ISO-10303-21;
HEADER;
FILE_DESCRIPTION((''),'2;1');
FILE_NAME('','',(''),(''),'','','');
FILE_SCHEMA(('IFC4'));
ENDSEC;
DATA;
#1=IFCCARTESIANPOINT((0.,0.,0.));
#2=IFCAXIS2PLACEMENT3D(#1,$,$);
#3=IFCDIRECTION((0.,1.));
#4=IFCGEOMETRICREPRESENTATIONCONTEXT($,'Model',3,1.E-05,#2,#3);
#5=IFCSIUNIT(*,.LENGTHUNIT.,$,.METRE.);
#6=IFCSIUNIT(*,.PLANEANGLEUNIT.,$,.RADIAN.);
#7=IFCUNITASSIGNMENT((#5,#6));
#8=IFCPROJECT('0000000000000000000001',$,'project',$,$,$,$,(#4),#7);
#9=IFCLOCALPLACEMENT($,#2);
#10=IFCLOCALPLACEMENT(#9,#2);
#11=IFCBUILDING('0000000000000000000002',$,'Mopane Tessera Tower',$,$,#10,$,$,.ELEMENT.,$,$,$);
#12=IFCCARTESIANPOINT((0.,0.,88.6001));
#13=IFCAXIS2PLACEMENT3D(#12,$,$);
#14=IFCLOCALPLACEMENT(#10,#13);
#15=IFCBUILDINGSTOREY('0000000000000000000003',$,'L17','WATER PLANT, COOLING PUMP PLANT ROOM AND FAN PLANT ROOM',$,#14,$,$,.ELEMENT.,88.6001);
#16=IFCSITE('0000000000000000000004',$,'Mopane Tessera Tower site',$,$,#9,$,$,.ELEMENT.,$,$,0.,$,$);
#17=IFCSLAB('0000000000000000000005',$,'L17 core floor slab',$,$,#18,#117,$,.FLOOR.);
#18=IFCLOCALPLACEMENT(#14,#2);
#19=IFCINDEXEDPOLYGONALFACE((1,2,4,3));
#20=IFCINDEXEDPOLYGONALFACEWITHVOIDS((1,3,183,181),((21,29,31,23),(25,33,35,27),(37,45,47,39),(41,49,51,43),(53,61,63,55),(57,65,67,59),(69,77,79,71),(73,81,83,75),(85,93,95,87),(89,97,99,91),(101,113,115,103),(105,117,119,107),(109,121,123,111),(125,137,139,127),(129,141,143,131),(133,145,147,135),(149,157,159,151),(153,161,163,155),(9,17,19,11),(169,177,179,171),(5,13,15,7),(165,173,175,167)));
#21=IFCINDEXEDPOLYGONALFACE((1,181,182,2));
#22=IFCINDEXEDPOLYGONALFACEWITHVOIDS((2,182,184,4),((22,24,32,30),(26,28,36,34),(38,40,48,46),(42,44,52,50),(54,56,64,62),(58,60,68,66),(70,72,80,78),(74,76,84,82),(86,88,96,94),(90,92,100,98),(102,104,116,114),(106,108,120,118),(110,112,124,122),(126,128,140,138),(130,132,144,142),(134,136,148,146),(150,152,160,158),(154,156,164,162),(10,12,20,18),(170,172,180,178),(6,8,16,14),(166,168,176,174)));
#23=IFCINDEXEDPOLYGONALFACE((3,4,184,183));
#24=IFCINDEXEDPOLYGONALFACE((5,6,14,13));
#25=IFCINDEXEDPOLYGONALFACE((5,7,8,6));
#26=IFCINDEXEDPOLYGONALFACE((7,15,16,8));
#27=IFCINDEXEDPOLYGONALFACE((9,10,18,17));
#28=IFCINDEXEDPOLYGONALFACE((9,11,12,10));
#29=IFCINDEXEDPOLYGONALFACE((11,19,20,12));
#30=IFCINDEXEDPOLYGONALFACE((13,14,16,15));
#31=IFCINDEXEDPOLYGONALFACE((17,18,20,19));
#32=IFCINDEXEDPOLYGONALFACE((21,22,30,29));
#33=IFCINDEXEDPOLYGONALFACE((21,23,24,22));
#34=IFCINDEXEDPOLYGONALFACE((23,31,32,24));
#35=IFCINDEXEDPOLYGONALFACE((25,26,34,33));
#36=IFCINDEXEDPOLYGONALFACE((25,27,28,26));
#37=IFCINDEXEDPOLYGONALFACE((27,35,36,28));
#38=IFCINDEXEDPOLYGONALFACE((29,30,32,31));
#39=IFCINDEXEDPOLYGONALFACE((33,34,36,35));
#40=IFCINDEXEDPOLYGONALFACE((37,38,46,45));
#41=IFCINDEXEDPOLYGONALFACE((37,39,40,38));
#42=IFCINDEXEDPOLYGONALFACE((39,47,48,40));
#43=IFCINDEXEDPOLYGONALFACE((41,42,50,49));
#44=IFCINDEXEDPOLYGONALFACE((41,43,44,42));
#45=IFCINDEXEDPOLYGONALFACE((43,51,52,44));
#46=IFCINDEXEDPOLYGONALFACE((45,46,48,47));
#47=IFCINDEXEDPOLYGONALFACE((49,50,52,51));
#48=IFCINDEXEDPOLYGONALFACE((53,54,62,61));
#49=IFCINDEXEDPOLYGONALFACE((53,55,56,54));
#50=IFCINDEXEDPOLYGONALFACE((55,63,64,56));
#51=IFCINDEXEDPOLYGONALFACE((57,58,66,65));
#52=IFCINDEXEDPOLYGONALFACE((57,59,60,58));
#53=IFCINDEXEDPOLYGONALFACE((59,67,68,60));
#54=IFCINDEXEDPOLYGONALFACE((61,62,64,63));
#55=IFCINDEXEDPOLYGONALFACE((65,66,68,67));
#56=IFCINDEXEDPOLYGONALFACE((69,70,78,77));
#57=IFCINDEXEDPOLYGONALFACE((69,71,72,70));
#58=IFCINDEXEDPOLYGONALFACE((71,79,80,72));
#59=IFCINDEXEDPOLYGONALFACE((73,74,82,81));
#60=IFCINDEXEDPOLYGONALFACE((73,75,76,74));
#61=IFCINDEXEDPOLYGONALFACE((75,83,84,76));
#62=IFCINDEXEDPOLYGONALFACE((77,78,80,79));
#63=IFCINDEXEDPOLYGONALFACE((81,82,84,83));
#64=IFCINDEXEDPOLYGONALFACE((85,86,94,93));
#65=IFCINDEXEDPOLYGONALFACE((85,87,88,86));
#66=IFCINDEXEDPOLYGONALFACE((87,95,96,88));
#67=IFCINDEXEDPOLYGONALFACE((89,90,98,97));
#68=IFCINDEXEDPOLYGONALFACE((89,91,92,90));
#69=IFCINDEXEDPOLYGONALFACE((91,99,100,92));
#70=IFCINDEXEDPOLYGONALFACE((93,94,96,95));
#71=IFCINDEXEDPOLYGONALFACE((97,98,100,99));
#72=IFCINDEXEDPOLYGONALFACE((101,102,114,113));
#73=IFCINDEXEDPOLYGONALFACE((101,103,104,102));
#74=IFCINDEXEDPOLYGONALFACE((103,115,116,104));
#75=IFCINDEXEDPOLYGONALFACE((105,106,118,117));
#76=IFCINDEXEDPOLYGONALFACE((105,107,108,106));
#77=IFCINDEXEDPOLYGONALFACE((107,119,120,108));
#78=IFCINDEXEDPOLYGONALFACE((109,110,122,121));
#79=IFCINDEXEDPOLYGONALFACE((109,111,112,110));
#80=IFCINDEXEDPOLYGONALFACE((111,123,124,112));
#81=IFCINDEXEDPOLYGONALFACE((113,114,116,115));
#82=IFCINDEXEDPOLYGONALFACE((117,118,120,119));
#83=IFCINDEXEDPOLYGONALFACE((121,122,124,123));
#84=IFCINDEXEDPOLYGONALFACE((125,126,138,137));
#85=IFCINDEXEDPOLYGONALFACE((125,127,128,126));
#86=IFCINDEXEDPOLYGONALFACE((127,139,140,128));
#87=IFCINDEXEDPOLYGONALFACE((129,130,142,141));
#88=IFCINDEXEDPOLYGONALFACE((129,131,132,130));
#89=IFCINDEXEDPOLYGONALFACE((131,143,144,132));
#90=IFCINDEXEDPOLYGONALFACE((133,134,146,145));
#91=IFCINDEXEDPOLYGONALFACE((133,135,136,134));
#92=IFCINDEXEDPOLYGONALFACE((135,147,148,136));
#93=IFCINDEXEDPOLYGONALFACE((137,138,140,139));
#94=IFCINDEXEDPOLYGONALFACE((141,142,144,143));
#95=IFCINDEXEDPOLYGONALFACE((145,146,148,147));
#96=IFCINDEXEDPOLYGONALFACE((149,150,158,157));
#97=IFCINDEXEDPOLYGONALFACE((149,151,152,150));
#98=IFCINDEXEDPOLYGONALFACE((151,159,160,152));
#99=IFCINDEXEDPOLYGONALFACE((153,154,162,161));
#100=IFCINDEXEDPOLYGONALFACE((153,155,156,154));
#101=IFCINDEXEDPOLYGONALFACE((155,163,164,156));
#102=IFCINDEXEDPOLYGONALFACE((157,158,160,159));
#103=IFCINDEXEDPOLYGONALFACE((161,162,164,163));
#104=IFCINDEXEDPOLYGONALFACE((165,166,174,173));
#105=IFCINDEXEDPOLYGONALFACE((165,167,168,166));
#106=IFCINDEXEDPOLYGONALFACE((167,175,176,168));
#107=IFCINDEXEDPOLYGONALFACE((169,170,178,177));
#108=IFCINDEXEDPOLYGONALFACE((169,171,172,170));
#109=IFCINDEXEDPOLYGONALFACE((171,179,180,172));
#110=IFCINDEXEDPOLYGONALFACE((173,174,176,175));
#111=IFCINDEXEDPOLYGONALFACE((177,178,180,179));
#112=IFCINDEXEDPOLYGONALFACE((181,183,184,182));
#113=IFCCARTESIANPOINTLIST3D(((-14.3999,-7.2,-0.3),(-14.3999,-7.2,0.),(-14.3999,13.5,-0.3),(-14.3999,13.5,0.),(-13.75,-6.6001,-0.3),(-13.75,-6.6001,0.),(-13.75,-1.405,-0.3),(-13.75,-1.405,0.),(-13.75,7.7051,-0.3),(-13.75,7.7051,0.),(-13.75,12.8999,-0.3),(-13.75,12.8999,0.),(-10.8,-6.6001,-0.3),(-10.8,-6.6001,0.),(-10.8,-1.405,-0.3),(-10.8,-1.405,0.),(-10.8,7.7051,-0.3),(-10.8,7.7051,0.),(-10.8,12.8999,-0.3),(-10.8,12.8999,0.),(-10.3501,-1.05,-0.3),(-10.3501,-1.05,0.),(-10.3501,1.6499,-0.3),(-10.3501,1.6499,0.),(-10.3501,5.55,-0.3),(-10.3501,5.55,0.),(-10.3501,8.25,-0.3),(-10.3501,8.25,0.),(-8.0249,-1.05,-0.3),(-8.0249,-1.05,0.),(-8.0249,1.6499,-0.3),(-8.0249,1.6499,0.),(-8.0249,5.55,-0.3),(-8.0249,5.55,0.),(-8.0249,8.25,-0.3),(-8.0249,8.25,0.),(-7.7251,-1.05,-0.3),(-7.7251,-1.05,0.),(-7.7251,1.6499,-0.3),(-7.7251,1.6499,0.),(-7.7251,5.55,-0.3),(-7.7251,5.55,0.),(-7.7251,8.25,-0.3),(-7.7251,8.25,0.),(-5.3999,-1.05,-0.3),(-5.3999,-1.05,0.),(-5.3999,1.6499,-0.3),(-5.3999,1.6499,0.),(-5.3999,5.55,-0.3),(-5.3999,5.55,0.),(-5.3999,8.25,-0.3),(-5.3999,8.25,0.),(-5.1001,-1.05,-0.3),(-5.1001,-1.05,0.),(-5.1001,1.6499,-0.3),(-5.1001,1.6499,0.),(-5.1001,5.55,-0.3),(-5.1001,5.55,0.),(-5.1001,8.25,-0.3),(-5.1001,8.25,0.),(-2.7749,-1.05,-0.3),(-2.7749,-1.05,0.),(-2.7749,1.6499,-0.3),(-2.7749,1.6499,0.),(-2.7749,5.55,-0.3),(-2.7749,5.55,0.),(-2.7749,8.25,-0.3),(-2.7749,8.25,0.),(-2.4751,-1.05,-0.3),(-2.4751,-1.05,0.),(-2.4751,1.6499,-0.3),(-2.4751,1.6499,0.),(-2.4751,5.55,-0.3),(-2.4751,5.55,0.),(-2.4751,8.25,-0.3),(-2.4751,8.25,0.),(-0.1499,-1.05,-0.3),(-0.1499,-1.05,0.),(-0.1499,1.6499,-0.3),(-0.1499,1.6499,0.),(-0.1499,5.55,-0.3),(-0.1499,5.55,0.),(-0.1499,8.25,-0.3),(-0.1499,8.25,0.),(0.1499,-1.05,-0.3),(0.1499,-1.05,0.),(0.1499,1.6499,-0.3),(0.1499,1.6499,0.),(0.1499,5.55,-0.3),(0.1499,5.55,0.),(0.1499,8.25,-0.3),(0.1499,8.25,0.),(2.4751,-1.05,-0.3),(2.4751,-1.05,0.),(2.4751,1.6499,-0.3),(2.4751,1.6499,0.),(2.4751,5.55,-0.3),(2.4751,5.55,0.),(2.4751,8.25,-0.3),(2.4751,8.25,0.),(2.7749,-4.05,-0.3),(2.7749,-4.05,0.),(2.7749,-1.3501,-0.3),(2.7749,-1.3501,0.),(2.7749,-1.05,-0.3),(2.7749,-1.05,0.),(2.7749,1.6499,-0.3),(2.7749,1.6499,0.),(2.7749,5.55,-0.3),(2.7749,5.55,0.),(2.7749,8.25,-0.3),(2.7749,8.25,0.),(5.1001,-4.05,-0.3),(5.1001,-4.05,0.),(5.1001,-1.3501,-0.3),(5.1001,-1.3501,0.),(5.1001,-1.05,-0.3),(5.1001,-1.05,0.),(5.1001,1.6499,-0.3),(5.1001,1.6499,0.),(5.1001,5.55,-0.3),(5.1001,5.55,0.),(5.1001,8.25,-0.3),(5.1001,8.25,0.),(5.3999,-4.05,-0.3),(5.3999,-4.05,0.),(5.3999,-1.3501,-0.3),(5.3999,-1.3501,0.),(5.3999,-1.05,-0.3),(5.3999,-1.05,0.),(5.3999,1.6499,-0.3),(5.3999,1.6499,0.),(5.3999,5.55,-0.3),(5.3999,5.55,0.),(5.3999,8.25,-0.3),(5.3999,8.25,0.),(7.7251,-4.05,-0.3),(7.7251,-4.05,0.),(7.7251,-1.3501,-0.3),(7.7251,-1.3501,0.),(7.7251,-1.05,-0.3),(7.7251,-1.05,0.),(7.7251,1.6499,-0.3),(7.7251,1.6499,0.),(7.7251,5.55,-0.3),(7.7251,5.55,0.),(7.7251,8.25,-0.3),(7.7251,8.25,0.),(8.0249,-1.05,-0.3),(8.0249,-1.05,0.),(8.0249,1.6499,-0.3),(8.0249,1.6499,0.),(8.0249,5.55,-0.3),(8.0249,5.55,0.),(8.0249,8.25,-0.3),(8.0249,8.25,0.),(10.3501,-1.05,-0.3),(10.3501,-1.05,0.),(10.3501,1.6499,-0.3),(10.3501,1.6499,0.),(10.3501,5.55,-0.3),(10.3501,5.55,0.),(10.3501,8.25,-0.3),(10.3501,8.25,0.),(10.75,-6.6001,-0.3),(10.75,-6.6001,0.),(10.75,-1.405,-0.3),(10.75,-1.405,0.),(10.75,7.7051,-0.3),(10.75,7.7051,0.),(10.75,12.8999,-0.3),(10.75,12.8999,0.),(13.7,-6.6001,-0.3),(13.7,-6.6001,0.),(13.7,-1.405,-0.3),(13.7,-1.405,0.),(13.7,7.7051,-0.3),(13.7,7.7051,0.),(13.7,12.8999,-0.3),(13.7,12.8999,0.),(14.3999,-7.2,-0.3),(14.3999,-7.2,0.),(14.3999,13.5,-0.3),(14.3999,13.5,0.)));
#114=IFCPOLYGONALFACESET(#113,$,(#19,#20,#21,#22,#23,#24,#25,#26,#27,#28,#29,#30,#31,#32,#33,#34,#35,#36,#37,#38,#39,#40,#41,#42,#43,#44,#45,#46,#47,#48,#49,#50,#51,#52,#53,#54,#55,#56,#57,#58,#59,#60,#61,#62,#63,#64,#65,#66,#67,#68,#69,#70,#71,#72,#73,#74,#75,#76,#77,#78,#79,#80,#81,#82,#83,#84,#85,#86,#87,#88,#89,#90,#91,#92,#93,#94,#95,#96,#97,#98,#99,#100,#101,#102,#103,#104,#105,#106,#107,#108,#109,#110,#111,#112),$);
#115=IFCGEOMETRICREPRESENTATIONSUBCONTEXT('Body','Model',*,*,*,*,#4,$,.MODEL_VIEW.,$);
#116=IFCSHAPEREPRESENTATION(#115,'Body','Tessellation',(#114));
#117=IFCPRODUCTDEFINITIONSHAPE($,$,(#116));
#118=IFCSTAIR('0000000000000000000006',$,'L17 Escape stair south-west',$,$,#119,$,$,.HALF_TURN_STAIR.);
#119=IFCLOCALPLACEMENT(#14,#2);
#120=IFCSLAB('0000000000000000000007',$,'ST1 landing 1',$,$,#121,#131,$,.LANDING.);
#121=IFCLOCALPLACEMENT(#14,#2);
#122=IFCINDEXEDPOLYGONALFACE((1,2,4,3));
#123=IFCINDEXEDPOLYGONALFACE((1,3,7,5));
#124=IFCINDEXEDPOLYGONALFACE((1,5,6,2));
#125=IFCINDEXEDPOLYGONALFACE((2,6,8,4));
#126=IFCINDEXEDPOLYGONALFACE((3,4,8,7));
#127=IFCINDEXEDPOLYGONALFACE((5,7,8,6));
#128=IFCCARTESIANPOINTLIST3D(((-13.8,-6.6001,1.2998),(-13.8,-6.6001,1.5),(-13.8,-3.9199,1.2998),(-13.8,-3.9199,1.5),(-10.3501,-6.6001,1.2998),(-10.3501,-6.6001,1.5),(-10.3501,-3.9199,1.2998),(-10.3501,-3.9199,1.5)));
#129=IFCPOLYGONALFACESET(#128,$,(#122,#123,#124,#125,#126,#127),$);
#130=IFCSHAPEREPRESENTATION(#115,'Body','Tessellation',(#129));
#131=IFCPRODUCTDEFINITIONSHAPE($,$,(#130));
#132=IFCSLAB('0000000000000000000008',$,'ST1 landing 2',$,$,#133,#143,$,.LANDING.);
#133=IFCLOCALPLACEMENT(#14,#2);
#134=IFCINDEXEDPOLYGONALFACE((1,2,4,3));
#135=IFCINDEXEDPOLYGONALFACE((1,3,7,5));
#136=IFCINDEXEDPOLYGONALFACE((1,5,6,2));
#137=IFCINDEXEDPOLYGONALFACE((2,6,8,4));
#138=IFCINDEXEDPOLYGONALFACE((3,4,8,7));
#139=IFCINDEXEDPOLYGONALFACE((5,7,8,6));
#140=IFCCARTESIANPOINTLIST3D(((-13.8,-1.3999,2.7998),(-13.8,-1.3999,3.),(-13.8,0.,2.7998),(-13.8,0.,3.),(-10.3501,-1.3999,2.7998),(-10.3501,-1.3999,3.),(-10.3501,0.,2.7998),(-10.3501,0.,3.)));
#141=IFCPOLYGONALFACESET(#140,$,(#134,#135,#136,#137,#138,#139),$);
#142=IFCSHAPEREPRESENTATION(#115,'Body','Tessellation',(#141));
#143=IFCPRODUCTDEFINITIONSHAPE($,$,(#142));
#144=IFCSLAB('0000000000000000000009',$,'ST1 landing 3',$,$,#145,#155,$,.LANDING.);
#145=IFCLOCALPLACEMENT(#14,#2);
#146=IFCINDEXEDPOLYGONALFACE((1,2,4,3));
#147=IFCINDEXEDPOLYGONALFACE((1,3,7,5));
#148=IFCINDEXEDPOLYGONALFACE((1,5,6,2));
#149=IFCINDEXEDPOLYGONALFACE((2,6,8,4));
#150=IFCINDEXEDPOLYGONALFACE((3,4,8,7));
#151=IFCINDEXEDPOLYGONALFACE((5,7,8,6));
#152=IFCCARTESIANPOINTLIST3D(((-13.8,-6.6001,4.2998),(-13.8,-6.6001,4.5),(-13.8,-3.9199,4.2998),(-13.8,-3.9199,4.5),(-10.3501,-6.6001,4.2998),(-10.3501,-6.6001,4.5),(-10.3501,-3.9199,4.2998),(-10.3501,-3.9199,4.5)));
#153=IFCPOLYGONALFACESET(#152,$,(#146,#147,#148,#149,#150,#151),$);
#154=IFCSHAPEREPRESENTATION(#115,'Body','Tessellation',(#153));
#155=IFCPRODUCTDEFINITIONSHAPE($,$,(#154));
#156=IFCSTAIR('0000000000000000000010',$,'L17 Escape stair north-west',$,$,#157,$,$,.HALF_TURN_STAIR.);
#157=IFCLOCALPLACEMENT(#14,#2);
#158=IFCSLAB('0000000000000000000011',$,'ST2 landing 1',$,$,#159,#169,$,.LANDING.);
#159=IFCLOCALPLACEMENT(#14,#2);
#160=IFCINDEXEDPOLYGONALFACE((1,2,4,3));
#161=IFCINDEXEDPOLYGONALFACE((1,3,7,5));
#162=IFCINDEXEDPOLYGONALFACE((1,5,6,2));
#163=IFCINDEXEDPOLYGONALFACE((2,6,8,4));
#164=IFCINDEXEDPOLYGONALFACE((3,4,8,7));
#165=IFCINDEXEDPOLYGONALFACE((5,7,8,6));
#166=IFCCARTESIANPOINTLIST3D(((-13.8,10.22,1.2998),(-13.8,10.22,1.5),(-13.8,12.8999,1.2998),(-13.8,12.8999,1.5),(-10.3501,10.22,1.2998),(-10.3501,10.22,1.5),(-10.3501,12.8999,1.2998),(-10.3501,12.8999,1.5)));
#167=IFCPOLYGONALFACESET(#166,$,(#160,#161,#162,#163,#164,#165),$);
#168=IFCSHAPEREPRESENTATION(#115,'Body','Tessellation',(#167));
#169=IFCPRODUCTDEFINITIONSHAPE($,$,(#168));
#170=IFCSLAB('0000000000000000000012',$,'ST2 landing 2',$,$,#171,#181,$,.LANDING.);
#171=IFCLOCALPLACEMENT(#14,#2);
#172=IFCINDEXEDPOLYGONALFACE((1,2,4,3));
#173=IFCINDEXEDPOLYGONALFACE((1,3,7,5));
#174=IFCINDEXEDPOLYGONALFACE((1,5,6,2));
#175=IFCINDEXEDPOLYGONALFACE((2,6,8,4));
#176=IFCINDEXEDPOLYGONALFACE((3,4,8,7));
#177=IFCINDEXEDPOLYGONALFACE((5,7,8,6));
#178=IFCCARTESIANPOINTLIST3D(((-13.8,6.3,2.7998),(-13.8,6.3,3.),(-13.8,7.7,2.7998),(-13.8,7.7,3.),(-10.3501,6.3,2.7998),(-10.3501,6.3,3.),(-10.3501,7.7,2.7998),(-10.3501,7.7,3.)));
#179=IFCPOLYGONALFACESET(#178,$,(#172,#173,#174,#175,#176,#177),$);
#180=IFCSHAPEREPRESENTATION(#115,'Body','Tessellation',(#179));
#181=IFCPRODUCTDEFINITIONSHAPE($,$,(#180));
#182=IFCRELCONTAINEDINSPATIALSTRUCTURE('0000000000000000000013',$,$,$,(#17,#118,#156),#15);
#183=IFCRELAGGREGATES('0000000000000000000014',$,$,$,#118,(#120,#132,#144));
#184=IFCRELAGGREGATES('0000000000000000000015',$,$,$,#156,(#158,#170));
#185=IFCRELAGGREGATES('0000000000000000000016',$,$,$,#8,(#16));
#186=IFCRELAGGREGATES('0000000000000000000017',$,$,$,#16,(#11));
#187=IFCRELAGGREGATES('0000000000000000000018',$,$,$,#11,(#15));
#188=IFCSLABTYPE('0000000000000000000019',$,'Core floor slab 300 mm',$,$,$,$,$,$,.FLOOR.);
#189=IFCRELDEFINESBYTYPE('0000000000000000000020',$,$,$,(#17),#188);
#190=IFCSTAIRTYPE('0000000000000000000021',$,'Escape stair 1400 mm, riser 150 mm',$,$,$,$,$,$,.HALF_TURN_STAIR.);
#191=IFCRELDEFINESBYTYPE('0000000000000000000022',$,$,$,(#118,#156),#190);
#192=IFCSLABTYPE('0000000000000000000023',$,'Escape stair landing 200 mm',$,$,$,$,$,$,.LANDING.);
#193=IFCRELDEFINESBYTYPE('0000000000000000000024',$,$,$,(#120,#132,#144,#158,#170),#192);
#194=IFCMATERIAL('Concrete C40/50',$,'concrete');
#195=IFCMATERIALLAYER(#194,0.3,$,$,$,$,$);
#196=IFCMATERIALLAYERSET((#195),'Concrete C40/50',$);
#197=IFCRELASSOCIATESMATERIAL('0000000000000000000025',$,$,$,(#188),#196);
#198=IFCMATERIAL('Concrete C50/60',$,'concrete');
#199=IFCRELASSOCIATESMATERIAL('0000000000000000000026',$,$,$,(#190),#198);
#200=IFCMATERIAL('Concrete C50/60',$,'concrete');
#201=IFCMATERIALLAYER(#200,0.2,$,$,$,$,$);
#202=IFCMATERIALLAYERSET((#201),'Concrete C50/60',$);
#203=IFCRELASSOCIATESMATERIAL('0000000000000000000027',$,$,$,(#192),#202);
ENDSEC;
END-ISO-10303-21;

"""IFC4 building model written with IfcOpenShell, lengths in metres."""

from ifc_helpers import new_model, si_unit, direction, frame, origin, place, context, subcontext, project, spatial, polyline, outline, extrude, material, layer, layer_set, type_object, element, aggregate, save


model = new_model("IFC4")

# Units and contexts
model_context = context("Model", 3, precision=1e-05, world=origin(), true_north=direction((0.0, 1.0)))
body_context = subcontext(model_context, "Body", "Model", "MODEL_VIEW")
ifc_project = project(units=[si_unit("LENGTHUNIT", "METRE"), si_unit("PLANEANGLEUNIT", "RADIAN")], contexts=[model_context])

# Site, building, storey
site_placement = place(None, origin())
site = spatial("IfcSite", under=ifc_project, at=site_placement, Name="Mopane Tessera Tower site", CompositionType="ELEMENT", RefElevation=0.0)
building_placement = place(site_placement, origin())
building = spatial("IfcBuilding", under=site, at=building_placement, Name="Mopane Tessera Tower", CompositionType="ELEMENT")
storey_placement = place(building_placement, frame((0.0, 0.0, 88.6001)))
storey = spatial("IfcBuildingStorey", under=building, at=storey_placement, Name="L17", Description="WATER PLANT, COOLING PUMP PLANT ROOM AND FAN PLANT ROOM", CompositionType="ELEMENT", Elevation=88.6001)

# Slab
ifc_material_1 = material(Name="Concrete C40/50", Category="concrete")
ifc_layer_1 = layer(ifc_material_1, 0.3)
ifc_layer_set_1 = layer_set([ifc_layer_1], Name="Concrete C40/50")
slab_type_1 = type_object("IfcSlabType", Name="Core floor slab 300 mm", PredefinedType="FLOOR", material=ifc_layer_set_1)
slab_1_placement = place(storey_placement, frame((0.0, 0.0, -0.3)))
element("IfcSlab", 1, at=slab_1_placement, inside=storey, type_object=slab_type_1, Name="L17 core floor slab", PredefinedType="FLOOR", context=body_context, shape_type="SweptSolid", body=[
    extrude(outline(polyline([(-14.3999, -7.2), (14.3999, -7.2), (14.3999, 13.5), (-14.3999, 13.5), (-14.3999, -7.2)]), holes=[polyline([(-10.3501, -1.05), (-8.0249, -1.05), (-8.0249, 1.6499), (-10.3501, 1.6499), (-10.3501, -1.05)]), polyline([(-7.7251, -1.05), (-5.3999, -1.05), (-5.3999, 1.6499), (-7.7251, 1.6499), (-7.7251, -1.05)]), polyline([(-5.1001, -1.05), (-2.7749, -1.05), (-2.7749, 1.6499), (-5.1001, 1.6499), (-5.1001, -1.05)]), polyline([(-2.4751, -1.05), (-0.1499, -1.05), (-0.1499, 1.6499), (-2.4751, 1.6499), (-2.4751, -1.05)]), polyline([(0.1499, -1.05), (2.4751, -1.05), (2.4751, 1.6499), (0.1499, 1.6499), (0.1499, -1.05)]), polyline([(2.7749, -1.05), (5.1001, -1.05), (5.1001, 1.6499), (2.7749, 1.6499), (2.7749, -1.05)]), polyline([(5.3999, -1.05), (7.7251, -1.05), (7.7251, 1.6499), (5.3999, 1.6499), (5.3999, -1.05)]), polyline([(8.0249, -1.05), (10.3501, -1.05), (10.3501, 1.6499), (8.0249, 1.6499), (8.0249, -1.05)]), polyline([(-10.3501, 5.55), (-8.0249, 5.55), (-8.0249, 8.25), (-10.3501, 8.25), (-10.3501, 5.55)]), polyline([(-7.7251, 5.55), (-5.3999, 5.55), (-5.3999, 8.25), (-7.7251, 8.25), (-7.7251, 5.55)]), polyline([(-5.1001, 5.55), (-2.7749, 5.55), (-2.7749, 8.25), (-5.1001, 8.25), (-5.1001, 5.55)]), polyline([(-2.4751, 5.55), (-0.1499, 5.55), (-0.1499, 8.25), (-2.4751, 8.25), (-2.4751, 5.55)]), polyline([(0.1499, 5.55), (2.4751, 5.55), (2.4751, 8.25), (0.1499, 8.25), (0.1499, 5.55)]), polyline([(2.7749, 5.55), (5.1001, 5.55), (5.1001, 8.25), (2.7749, 8.25), (2.7749, 5.55)]), polyline([(5.3999, 5.55), (7.7251, 5.55), (7.7251, 8.25), (5.3999, 8.25), (5.3999, 5.55)]), polyline([(8.0249, 5.55), (10.3501, 5.55), (10.3501, 8.25), (8.0249, 8.25), (8.0249, 5.55)]), polyline([(2.7749, -4.05), (5.1001, -4.05), (5.1001, -1.3501), (2.7749, -1.3501), (2.7749, -4.05)]), polyline([(5.3999, -4.05), (7.7251, -4.05), (7.7251, -1.3501), (5.3999, -1.3501), (5.3999, -4.05)]), polyline([(-13.75, -1.405), (-13.75, -6.6001), (-10.8, -6.6001), (-10.8, -1.405), (-13.75, -1.405)]), polyline([(-10.8, 7.7051), (-10.8, 12.8999), (-13.75, 12.8999), (-13.75, 7.7051), (-10.8, 7.7051)]), polyline([(10.75, -1.405), (10.75, -6.6001), (13.7, -6.6001), (13.7, -1.405), (10.75, -1.405)]), polyline([(13.7, 7.7051), (13.7, 12.8999), (10.75, 12.8999), (10.75, 7.7051), (13.7, 7.7051)])]), origin(), (0.0, 0.0, 1.0), 0.3),
])

# Stairs, slabs
ifc_material_2 = material(Name="Concrete C50/60", Category="concrete")
stair_type = type_object("IfcStairType", Name="Escape stair 1400 mm, riser 150 mm", PredefinedType="HALF_TURN_STAIR", material=ifc_material_2)
stair_1_placement = place(storey_placement, origin())
stair_1 = element("IfcStair", 2, at=stair_1_placement, inside=storey, type_object=stair_type, Name="L17 Escape stair south-west", PredefinedType="HALF_TURN_STAIR")
ifc_material_3 = material(Name="Concrete C50/60", Category="concrete")
ifc_layer_2 = layer(ifc_material_3, 0.2)
ifc_layer_set_2 = layer_set([ifc_layer_2], Name="Concrete C50/60")
slab_type_2 = type_object("IfcSlabType", Name="Escape stair landing 200 mm", PredefinedType="LANDING", material=ifc_layer_set_2)
slab_2_placement = place(storey_placement, frame((0.0, 0.0, 1.2998)))
slab_2 = element("IfcSlab", 3, at=slab_2_placement, type_object=slab_type_2, Name="ST1 landing 1", PredefinedType="LANDING", context=body_context, shape_type="SweptSolid", body=[
    extrude(outline(polyline([(-13.8, -3.9199), (-13.8, -6.6001), (-10.3501, -6.6001), (-10.3501, -3.9199), (-13.8, -3.9199)])), origin(), (0.0, 0.0, 1.0), 0.2002),
])
slab_3_placement = place(storey_placement, frame((0.0, 0.0, 2.7998)))
slab_3 = element("IfcSlab", 4, at=slab_3_placement, type_object=slab_type_2, Name="ST1 landing 2", PredefinedType="LANDING", context=body_context, shape_type="SweptSolid", body=[
    extrude(outline(polyline([(-13.8, 0.0), (-13.8, -1.3999), (-10.3501, -1.3999), (-10.3501, 0.0), (-13.8, 0.0)])), origin(), (0.0, 0.0, 1.0), 0.2002),
])
slab_4_placement = place(storey_placement, frame((0.0, 0.0, 4.2998)))
slab_4 = element("IfcSlab", 5, at=slab_4_placement, type_object=slab_type_2, Name="ST1 landing 3", PredefinedType="LANDING", context=body_context, shape_type="SweptSolid", body=[
    extrude(outline(polyline([(-13.8, -3.9199), (-13.8, -6.6001), (-10.3501, -6.6001), (-10.3501, -3.9199), (-13.8, -3.9199)])), origin(), (0.0, 0.0, 1.0), 0.2002),
])
aggregate(stair_1, [slab_2, slab_3, slab_4])
stair_2_placement = place(storey_placement, origin())
stair_2 = element("IfcStair", 6, at=stair_2_placement, inside=storey, type_object=stair_type, Name="L17 Escape stair north-west", PredefinedType="HALF_TURN_STAIR")
slab_5_placement = place(storey_placement, frame((0.0, 0.0, 1.2998)))
slab_5 = element("IfcSlab", 7, at=slab_5_placement, type_object=slab_type_2, Name="ST2 landing 1", PredefinedType="LANDING", context=body_context, shape_type="SweptSolid", body=[
    extrude(outline(polyline([(-10.3501, 10.22), (-10.3501, 12.8999), (-13.8, 12.8999), (-13.8, 10.22), (-10.3501, 10.22)])), origin(), (0.0, 0.0, 1.0), 0.2002),
])
slab_6_placement = place(storey_placement, frame((0.0, 0.0, 2.7998)))
slab_6 = element("IfcSlab", 8, at=slab_6_placement, type_object=slab_type_2, Name="ST2 landing 2", PredefinedType="LANDING", context=body_context, shape_type="SweptSolid", body=[
    extrude(outline(polyline([(-10.3501, 6.3), (-10.3501, 7.7), (-13.8, 7.7), (-13.8, 6.3), (-10.3501, 6.3)])), origin(), (0.0, 0.0, 1.0), 0.2002),
])
aggregate(stair_2, [slab_5, slab_6])

save(model, "model.ifc")
